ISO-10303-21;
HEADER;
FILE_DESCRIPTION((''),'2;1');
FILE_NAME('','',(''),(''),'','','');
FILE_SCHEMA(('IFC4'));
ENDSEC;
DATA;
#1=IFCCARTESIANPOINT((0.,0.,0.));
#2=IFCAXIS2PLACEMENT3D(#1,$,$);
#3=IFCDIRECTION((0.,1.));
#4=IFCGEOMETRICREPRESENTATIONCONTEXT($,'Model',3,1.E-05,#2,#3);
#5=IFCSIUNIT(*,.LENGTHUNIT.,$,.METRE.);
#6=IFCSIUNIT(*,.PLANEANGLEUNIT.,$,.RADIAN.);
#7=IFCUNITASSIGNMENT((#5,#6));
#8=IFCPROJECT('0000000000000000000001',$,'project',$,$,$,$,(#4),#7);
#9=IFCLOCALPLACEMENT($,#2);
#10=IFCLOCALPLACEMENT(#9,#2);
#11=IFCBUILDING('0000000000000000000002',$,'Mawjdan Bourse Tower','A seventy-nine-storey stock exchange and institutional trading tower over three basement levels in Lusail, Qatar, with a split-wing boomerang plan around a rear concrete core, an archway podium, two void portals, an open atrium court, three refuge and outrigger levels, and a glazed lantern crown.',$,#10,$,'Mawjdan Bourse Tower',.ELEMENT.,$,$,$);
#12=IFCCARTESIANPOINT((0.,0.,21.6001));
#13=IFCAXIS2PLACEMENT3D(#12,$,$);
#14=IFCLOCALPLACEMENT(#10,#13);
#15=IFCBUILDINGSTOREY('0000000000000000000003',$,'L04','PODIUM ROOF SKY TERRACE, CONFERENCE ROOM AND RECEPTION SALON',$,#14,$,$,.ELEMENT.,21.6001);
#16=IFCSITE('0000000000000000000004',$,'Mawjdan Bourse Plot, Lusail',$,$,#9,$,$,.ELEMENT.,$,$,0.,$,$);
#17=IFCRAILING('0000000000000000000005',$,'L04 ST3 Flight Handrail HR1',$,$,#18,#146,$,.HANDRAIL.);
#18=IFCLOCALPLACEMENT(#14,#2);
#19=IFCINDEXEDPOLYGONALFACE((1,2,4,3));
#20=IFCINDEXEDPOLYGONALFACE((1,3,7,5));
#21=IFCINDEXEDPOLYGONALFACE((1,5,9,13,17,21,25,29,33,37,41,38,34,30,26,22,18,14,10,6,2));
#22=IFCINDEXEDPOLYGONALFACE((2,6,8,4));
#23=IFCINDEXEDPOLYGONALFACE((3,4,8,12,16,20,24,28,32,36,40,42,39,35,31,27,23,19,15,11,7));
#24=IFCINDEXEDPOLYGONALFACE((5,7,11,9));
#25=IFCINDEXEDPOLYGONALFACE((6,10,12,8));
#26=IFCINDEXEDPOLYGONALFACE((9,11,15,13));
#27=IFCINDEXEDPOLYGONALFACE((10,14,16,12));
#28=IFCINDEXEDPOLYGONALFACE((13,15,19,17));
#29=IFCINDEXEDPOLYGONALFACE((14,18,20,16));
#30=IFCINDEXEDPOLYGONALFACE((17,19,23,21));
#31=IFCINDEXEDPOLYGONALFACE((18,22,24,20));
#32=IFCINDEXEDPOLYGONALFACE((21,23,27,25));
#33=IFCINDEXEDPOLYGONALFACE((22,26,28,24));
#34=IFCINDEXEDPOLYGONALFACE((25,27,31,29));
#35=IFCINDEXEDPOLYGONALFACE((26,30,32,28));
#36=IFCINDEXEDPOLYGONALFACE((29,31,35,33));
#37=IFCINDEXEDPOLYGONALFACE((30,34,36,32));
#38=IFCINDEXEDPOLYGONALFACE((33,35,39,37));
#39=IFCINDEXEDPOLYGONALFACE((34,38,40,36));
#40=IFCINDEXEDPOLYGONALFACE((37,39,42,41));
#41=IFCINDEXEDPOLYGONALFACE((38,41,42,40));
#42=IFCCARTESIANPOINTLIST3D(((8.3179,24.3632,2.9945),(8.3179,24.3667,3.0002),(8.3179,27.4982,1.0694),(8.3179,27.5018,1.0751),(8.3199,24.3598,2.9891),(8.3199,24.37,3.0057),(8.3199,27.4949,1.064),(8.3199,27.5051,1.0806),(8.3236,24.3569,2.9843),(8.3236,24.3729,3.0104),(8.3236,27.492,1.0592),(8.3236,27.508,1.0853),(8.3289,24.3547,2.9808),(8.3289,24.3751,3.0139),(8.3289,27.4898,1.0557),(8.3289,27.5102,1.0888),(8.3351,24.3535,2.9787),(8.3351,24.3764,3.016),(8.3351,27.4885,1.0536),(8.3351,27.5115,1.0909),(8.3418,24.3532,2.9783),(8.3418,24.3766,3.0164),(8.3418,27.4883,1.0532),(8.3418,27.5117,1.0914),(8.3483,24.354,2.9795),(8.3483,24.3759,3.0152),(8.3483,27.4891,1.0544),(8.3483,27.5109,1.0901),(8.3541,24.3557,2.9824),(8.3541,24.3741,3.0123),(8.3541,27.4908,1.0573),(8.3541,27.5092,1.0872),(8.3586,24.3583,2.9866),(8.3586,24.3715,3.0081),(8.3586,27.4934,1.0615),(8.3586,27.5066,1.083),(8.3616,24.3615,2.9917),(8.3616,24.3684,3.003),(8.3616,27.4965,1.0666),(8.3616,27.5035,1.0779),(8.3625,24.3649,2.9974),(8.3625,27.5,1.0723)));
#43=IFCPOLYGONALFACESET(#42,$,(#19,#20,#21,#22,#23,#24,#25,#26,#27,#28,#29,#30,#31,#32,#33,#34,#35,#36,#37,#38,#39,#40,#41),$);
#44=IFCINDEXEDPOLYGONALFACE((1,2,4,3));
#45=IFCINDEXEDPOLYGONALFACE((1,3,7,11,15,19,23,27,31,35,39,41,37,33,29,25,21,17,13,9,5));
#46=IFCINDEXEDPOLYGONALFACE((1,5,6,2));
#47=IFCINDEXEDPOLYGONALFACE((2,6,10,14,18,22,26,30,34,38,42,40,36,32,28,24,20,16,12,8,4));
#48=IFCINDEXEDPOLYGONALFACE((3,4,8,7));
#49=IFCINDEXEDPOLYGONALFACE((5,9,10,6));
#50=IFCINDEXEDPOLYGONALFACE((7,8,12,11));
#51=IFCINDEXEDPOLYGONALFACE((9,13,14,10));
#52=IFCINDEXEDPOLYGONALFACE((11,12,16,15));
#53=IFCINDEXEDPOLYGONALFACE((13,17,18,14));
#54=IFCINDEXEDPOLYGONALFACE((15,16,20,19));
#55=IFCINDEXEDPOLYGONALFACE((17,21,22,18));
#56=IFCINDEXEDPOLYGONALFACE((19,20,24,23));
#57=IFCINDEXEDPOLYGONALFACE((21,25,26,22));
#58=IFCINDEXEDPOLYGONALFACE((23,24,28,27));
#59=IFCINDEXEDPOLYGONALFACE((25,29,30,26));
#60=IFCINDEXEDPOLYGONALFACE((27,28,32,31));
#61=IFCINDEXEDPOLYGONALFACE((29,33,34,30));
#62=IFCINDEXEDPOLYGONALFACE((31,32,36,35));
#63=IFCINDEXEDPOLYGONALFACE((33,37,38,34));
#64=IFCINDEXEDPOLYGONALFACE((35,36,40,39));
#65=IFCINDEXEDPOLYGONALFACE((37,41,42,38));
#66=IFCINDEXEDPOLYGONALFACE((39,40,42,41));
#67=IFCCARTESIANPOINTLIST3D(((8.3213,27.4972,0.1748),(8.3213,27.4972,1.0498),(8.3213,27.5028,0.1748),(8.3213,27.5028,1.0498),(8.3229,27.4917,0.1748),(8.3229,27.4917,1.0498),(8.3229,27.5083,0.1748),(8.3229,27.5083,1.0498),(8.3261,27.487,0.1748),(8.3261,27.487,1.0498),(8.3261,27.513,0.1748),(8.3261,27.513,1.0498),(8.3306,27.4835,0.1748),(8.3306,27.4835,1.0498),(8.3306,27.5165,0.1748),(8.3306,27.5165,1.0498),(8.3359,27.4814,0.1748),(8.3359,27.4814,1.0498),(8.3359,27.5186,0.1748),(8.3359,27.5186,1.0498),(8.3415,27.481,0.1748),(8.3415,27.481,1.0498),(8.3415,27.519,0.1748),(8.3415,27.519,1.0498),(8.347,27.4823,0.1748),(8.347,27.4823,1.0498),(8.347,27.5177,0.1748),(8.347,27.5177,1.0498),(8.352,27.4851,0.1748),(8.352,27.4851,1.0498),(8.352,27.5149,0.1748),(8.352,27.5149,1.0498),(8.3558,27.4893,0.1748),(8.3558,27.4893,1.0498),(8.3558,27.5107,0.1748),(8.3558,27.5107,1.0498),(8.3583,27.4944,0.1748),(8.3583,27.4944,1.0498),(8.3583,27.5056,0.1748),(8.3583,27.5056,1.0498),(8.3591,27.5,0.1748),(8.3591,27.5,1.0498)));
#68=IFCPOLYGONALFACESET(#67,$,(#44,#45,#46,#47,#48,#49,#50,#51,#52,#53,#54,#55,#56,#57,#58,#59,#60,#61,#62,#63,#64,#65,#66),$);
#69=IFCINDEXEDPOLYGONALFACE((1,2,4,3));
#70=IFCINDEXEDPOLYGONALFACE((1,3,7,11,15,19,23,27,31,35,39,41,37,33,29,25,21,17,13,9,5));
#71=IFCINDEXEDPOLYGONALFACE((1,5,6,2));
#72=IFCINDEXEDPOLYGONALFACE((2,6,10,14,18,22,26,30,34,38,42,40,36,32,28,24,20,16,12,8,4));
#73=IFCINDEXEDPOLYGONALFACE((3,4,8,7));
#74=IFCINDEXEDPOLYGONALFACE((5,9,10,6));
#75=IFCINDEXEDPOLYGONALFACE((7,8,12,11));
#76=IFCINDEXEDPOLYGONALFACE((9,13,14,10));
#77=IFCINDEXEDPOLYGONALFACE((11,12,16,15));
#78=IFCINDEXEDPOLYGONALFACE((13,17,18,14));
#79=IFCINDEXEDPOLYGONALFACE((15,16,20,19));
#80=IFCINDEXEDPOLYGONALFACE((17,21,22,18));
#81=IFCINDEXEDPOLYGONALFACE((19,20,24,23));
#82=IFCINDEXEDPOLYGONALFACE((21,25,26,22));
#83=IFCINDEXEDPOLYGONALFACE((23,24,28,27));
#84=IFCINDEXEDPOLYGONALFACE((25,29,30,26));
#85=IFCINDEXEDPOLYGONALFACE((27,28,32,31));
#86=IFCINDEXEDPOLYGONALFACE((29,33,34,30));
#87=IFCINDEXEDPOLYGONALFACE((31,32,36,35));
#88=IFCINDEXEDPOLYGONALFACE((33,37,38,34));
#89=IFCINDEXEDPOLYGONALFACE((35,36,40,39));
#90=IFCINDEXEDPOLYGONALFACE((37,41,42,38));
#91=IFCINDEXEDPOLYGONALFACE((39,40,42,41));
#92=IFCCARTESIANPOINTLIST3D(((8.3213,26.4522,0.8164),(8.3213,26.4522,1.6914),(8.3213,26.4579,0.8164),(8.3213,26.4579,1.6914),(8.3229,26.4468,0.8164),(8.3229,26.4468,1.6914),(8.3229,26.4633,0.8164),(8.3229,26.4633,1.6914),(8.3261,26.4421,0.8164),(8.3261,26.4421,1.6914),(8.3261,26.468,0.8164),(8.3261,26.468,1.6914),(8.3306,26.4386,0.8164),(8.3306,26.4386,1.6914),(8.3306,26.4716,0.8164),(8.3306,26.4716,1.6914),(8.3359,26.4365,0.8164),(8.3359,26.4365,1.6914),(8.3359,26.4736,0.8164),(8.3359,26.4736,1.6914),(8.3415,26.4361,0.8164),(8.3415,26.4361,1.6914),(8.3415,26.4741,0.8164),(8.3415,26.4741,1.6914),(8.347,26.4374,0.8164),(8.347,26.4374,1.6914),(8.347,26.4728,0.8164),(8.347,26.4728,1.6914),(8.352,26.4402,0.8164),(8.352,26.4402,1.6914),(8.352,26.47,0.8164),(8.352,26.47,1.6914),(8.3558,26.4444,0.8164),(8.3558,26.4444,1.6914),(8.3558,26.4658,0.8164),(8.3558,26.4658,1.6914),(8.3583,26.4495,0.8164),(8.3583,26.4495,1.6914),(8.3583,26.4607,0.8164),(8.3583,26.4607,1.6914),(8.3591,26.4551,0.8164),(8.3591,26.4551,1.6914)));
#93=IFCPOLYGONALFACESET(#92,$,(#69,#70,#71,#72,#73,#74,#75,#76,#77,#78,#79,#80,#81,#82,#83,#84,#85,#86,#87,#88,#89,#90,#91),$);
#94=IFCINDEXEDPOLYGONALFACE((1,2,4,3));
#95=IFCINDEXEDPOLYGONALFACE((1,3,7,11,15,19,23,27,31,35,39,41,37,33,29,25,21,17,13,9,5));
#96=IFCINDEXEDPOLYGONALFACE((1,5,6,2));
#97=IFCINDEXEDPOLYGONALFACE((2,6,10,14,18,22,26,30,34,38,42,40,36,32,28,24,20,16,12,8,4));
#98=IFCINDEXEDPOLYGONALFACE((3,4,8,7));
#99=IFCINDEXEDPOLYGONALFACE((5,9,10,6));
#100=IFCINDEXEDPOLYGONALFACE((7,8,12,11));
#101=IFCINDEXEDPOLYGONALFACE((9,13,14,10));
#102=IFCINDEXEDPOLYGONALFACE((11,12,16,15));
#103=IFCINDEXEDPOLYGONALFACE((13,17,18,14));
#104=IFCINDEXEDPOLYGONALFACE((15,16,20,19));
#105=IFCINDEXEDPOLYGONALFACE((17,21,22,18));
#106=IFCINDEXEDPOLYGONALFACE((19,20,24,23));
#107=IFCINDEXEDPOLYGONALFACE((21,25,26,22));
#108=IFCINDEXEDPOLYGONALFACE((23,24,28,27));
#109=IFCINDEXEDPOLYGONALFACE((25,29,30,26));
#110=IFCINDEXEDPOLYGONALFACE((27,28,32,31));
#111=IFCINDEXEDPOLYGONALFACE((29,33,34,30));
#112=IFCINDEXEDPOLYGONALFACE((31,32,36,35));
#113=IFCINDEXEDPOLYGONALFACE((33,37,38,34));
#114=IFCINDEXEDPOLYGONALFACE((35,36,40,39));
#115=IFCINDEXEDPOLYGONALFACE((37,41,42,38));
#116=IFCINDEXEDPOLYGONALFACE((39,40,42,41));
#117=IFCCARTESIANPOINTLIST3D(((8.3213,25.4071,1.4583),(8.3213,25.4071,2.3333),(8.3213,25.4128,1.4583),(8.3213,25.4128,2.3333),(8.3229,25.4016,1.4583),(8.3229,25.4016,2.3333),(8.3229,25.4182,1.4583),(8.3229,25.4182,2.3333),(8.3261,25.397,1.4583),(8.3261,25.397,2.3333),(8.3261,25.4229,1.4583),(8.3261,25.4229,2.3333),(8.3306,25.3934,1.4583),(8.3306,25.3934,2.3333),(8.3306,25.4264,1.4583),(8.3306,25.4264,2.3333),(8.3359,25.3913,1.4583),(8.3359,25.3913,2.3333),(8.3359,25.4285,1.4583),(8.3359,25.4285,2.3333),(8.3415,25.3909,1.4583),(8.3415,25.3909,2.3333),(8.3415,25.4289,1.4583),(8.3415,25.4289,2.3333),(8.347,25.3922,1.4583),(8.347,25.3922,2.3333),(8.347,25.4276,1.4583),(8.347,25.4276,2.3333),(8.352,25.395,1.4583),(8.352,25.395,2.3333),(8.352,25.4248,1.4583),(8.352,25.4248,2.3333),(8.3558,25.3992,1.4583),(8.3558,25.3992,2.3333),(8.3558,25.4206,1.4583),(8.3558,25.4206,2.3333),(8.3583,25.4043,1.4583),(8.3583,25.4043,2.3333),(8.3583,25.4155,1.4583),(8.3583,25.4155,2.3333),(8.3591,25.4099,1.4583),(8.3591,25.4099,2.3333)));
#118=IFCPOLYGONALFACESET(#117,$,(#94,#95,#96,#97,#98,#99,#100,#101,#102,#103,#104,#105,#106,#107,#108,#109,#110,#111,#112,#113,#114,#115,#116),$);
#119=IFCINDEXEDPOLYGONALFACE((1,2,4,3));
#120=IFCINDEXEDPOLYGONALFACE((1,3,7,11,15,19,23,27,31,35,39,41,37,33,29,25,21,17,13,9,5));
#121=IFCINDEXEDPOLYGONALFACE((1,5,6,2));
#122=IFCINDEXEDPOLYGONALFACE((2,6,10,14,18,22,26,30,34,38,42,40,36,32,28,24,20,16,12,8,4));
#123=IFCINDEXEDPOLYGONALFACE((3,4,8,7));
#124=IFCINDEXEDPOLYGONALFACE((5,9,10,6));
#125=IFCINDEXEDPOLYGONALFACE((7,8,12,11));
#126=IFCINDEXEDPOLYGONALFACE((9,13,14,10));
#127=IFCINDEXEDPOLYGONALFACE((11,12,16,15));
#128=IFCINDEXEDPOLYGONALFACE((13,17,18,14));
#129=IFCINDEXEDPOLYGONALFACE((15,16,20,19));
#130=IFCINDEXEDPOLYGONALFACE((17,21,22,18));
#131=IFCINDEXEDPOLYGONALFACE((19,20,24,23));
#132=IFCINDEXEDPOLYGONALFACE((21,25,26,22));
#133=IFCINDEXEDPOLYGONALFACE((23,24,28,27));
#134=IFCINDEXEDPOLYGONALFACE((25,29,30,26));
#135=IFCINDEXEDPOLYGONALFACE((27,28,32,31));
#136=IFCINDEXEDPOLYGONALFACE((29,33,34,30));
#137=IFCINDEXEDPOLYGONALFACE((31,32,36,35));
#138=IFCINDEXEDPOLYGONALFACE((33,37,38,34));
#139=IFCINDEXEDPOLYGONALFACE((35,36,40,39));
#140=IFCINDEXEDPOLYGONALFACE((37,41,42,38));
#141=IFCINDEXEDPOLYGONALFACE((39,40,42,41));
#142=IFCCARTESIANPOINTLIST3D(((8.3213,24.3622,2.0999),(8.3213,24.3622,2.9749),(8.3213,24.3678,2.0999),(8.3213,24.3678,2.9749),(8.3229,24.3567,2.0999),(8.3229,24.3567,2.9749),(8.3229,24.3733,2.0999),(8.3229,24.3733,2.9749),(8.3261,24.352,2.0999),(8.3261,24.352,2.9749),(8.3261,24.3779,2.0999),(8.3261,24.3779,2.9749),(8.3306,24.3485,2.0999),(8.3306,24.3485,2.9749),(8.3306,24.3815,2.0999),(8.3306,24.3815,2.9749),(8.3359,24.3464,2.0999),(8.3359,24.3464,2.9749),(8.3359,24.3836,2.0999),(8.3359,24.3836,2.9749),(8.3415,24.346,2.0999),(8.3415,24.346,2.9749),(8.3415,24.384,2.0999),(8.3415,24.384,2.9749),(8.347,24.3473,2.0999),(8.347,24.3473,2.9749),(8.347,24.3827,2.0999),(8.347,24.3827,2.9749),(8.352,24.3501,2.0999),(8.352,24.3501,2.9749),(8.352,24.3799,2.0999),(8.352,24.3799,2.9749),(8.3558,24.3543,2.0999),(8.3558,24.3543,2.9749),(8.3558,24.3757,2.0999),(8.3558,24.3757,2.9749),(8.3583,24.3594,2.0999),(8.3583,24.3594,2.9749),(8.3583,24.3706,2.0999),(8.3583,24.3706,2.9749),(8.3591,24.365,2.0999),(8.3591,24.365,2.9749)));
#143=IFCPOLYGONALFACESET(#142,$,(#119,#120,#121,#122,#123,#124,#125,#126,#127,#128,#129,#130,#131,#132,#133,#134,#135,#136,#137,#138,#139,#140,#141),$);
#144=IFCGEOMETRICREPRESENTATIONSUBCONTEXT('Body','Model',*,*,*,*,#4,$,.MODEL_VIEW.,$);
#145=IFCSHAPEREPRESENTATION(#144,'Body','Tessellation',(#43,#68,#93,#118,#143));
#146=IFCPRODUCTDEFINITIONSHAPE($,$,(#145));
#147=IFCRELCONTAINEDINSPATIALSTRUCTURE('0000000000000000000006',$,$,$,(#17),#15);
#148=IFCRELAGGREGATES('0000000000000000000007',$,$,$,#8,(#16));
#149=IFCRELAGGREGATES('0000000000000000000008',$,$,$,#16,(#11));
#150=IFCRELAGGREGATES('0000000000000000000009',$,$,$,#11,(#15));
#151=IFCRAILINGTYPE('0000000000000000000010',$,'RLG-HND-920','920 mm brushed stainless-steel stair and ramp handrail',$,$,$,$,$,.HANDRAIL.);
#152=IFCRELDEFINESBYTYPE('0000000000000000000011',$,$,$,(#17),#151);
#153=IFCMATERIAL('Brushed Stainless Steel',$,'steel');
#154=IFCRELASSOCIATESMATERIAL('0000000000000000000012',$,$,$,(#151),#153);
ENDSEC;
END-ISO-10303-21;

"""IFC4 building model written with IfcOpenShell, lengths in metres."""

from ifc_helpers import new_model, si_unit, direction, frame, origin, origin_2d, place, context, subcontext, project, spatial, circle, extrude, material, type_object, element, save


model = new_model("IFC4")

# Units and contexts
model_context = context("Model", 3, precision=1e-05, world=origin(), true_north=direction((0.0, 1.0)))
body_context = subcontext(model_context, "Body", "Model", "MODEL_VIEW")
ifc_project = project(units=[si_unit("LENGTHUNIT", "METRE"), si_unit("PLANEANGLEUNIT", "RADIAN")], contexts=[model_context])

# Site, building, storey
site_placement = place(None, origin())
site = spatial("IfcSite", under=ifc_project, at=site_placement, Name="Mawjdan Bourse Plot, Lusail", CompositionType="ELEMENT", RefElevation=0.0)
building_placement = place(site_placement, origin())
building = spatial("IfcBuilding", under=site, at=building_placement, Name="Mawjdan Bourse Tower", Description="A seventy-nine-storey stock exchange and institutional trading tower over three basement levels in Lusail, Qatar, with a split-wing boomerang plan around a rear concrete core, an archway podium, two void portals, an open atrium court, three refuge and outrigger levels, and a glazed lantern crown.", LongName="Mawjdan Bourse Tower", CompositionType="ELEMENT")
storey_placement = place(building_placement, frame((0.0, 0.0, 21.6001)))
storey = spatial("IfcBuildingStorey", under=building, at=storey_placement, Name="L04", Description="PODIUM ROOF SKY TERRACE, CONFERENCE ROOM AND RECEPTION SALON", CompositionType="ELEMENT", Elevation=21.6001)

# Railing
ifc_material_1 = material(Name="Brushed Stainless Steel", Category="steel")
railing_type_1 = type_object("IfcRailingType", Name="RLG-HND-920", Description="920 mm brushed stainless-steel stair and ramp handrail", PredefinedType="HANDRAIL", material=ifc_material_1)
for number, where, name in (
    (1, (8.3401, 27.5, 0.1748), "L04 ST3 Flight Handrail HR1"),
):
    element("IfcRailing", number, at=place(storey_placement, frame(where)), inside=storey, type_object=railing_type_1, Name=name, PredefinedType="HANDRAIL", context=body_context, shape_type="SweptSolid", body=[
        extrude(circle(Radius=0.0225, at=origin_2d()), frame((0.0, 0.0, 0.8975), z_axis=(0.0, -0.852166, 0.523271), x_axis=(1.0, 0.0, 0.0)), (0.0, 0.0, 1.0), 3.679),
        extrude(circle(Radius=0.019, at=origin_2d()), origin(), (0.0, 0.0, 1.0), 0.875),
        extrude(circle(Radius=0.019, at=origin_2d()), frame((0.0, -1.0449, 0.6416)), (0.0, 0.0, 1.0), 0.875),
        extrude(circle(Radius=0.019, at=origin_2d()), frame((0.0, -2.0901, 1.2834)), (0.0, 0.0, 1.0), 0.875),
        extrude(circle(Radius=0.019, at=origin_2d()), frame((0.0, -3.135, 1.925)), (0.0, 0.0, 1.0), 0.875),
    ])

save(model, "model.ifc")
